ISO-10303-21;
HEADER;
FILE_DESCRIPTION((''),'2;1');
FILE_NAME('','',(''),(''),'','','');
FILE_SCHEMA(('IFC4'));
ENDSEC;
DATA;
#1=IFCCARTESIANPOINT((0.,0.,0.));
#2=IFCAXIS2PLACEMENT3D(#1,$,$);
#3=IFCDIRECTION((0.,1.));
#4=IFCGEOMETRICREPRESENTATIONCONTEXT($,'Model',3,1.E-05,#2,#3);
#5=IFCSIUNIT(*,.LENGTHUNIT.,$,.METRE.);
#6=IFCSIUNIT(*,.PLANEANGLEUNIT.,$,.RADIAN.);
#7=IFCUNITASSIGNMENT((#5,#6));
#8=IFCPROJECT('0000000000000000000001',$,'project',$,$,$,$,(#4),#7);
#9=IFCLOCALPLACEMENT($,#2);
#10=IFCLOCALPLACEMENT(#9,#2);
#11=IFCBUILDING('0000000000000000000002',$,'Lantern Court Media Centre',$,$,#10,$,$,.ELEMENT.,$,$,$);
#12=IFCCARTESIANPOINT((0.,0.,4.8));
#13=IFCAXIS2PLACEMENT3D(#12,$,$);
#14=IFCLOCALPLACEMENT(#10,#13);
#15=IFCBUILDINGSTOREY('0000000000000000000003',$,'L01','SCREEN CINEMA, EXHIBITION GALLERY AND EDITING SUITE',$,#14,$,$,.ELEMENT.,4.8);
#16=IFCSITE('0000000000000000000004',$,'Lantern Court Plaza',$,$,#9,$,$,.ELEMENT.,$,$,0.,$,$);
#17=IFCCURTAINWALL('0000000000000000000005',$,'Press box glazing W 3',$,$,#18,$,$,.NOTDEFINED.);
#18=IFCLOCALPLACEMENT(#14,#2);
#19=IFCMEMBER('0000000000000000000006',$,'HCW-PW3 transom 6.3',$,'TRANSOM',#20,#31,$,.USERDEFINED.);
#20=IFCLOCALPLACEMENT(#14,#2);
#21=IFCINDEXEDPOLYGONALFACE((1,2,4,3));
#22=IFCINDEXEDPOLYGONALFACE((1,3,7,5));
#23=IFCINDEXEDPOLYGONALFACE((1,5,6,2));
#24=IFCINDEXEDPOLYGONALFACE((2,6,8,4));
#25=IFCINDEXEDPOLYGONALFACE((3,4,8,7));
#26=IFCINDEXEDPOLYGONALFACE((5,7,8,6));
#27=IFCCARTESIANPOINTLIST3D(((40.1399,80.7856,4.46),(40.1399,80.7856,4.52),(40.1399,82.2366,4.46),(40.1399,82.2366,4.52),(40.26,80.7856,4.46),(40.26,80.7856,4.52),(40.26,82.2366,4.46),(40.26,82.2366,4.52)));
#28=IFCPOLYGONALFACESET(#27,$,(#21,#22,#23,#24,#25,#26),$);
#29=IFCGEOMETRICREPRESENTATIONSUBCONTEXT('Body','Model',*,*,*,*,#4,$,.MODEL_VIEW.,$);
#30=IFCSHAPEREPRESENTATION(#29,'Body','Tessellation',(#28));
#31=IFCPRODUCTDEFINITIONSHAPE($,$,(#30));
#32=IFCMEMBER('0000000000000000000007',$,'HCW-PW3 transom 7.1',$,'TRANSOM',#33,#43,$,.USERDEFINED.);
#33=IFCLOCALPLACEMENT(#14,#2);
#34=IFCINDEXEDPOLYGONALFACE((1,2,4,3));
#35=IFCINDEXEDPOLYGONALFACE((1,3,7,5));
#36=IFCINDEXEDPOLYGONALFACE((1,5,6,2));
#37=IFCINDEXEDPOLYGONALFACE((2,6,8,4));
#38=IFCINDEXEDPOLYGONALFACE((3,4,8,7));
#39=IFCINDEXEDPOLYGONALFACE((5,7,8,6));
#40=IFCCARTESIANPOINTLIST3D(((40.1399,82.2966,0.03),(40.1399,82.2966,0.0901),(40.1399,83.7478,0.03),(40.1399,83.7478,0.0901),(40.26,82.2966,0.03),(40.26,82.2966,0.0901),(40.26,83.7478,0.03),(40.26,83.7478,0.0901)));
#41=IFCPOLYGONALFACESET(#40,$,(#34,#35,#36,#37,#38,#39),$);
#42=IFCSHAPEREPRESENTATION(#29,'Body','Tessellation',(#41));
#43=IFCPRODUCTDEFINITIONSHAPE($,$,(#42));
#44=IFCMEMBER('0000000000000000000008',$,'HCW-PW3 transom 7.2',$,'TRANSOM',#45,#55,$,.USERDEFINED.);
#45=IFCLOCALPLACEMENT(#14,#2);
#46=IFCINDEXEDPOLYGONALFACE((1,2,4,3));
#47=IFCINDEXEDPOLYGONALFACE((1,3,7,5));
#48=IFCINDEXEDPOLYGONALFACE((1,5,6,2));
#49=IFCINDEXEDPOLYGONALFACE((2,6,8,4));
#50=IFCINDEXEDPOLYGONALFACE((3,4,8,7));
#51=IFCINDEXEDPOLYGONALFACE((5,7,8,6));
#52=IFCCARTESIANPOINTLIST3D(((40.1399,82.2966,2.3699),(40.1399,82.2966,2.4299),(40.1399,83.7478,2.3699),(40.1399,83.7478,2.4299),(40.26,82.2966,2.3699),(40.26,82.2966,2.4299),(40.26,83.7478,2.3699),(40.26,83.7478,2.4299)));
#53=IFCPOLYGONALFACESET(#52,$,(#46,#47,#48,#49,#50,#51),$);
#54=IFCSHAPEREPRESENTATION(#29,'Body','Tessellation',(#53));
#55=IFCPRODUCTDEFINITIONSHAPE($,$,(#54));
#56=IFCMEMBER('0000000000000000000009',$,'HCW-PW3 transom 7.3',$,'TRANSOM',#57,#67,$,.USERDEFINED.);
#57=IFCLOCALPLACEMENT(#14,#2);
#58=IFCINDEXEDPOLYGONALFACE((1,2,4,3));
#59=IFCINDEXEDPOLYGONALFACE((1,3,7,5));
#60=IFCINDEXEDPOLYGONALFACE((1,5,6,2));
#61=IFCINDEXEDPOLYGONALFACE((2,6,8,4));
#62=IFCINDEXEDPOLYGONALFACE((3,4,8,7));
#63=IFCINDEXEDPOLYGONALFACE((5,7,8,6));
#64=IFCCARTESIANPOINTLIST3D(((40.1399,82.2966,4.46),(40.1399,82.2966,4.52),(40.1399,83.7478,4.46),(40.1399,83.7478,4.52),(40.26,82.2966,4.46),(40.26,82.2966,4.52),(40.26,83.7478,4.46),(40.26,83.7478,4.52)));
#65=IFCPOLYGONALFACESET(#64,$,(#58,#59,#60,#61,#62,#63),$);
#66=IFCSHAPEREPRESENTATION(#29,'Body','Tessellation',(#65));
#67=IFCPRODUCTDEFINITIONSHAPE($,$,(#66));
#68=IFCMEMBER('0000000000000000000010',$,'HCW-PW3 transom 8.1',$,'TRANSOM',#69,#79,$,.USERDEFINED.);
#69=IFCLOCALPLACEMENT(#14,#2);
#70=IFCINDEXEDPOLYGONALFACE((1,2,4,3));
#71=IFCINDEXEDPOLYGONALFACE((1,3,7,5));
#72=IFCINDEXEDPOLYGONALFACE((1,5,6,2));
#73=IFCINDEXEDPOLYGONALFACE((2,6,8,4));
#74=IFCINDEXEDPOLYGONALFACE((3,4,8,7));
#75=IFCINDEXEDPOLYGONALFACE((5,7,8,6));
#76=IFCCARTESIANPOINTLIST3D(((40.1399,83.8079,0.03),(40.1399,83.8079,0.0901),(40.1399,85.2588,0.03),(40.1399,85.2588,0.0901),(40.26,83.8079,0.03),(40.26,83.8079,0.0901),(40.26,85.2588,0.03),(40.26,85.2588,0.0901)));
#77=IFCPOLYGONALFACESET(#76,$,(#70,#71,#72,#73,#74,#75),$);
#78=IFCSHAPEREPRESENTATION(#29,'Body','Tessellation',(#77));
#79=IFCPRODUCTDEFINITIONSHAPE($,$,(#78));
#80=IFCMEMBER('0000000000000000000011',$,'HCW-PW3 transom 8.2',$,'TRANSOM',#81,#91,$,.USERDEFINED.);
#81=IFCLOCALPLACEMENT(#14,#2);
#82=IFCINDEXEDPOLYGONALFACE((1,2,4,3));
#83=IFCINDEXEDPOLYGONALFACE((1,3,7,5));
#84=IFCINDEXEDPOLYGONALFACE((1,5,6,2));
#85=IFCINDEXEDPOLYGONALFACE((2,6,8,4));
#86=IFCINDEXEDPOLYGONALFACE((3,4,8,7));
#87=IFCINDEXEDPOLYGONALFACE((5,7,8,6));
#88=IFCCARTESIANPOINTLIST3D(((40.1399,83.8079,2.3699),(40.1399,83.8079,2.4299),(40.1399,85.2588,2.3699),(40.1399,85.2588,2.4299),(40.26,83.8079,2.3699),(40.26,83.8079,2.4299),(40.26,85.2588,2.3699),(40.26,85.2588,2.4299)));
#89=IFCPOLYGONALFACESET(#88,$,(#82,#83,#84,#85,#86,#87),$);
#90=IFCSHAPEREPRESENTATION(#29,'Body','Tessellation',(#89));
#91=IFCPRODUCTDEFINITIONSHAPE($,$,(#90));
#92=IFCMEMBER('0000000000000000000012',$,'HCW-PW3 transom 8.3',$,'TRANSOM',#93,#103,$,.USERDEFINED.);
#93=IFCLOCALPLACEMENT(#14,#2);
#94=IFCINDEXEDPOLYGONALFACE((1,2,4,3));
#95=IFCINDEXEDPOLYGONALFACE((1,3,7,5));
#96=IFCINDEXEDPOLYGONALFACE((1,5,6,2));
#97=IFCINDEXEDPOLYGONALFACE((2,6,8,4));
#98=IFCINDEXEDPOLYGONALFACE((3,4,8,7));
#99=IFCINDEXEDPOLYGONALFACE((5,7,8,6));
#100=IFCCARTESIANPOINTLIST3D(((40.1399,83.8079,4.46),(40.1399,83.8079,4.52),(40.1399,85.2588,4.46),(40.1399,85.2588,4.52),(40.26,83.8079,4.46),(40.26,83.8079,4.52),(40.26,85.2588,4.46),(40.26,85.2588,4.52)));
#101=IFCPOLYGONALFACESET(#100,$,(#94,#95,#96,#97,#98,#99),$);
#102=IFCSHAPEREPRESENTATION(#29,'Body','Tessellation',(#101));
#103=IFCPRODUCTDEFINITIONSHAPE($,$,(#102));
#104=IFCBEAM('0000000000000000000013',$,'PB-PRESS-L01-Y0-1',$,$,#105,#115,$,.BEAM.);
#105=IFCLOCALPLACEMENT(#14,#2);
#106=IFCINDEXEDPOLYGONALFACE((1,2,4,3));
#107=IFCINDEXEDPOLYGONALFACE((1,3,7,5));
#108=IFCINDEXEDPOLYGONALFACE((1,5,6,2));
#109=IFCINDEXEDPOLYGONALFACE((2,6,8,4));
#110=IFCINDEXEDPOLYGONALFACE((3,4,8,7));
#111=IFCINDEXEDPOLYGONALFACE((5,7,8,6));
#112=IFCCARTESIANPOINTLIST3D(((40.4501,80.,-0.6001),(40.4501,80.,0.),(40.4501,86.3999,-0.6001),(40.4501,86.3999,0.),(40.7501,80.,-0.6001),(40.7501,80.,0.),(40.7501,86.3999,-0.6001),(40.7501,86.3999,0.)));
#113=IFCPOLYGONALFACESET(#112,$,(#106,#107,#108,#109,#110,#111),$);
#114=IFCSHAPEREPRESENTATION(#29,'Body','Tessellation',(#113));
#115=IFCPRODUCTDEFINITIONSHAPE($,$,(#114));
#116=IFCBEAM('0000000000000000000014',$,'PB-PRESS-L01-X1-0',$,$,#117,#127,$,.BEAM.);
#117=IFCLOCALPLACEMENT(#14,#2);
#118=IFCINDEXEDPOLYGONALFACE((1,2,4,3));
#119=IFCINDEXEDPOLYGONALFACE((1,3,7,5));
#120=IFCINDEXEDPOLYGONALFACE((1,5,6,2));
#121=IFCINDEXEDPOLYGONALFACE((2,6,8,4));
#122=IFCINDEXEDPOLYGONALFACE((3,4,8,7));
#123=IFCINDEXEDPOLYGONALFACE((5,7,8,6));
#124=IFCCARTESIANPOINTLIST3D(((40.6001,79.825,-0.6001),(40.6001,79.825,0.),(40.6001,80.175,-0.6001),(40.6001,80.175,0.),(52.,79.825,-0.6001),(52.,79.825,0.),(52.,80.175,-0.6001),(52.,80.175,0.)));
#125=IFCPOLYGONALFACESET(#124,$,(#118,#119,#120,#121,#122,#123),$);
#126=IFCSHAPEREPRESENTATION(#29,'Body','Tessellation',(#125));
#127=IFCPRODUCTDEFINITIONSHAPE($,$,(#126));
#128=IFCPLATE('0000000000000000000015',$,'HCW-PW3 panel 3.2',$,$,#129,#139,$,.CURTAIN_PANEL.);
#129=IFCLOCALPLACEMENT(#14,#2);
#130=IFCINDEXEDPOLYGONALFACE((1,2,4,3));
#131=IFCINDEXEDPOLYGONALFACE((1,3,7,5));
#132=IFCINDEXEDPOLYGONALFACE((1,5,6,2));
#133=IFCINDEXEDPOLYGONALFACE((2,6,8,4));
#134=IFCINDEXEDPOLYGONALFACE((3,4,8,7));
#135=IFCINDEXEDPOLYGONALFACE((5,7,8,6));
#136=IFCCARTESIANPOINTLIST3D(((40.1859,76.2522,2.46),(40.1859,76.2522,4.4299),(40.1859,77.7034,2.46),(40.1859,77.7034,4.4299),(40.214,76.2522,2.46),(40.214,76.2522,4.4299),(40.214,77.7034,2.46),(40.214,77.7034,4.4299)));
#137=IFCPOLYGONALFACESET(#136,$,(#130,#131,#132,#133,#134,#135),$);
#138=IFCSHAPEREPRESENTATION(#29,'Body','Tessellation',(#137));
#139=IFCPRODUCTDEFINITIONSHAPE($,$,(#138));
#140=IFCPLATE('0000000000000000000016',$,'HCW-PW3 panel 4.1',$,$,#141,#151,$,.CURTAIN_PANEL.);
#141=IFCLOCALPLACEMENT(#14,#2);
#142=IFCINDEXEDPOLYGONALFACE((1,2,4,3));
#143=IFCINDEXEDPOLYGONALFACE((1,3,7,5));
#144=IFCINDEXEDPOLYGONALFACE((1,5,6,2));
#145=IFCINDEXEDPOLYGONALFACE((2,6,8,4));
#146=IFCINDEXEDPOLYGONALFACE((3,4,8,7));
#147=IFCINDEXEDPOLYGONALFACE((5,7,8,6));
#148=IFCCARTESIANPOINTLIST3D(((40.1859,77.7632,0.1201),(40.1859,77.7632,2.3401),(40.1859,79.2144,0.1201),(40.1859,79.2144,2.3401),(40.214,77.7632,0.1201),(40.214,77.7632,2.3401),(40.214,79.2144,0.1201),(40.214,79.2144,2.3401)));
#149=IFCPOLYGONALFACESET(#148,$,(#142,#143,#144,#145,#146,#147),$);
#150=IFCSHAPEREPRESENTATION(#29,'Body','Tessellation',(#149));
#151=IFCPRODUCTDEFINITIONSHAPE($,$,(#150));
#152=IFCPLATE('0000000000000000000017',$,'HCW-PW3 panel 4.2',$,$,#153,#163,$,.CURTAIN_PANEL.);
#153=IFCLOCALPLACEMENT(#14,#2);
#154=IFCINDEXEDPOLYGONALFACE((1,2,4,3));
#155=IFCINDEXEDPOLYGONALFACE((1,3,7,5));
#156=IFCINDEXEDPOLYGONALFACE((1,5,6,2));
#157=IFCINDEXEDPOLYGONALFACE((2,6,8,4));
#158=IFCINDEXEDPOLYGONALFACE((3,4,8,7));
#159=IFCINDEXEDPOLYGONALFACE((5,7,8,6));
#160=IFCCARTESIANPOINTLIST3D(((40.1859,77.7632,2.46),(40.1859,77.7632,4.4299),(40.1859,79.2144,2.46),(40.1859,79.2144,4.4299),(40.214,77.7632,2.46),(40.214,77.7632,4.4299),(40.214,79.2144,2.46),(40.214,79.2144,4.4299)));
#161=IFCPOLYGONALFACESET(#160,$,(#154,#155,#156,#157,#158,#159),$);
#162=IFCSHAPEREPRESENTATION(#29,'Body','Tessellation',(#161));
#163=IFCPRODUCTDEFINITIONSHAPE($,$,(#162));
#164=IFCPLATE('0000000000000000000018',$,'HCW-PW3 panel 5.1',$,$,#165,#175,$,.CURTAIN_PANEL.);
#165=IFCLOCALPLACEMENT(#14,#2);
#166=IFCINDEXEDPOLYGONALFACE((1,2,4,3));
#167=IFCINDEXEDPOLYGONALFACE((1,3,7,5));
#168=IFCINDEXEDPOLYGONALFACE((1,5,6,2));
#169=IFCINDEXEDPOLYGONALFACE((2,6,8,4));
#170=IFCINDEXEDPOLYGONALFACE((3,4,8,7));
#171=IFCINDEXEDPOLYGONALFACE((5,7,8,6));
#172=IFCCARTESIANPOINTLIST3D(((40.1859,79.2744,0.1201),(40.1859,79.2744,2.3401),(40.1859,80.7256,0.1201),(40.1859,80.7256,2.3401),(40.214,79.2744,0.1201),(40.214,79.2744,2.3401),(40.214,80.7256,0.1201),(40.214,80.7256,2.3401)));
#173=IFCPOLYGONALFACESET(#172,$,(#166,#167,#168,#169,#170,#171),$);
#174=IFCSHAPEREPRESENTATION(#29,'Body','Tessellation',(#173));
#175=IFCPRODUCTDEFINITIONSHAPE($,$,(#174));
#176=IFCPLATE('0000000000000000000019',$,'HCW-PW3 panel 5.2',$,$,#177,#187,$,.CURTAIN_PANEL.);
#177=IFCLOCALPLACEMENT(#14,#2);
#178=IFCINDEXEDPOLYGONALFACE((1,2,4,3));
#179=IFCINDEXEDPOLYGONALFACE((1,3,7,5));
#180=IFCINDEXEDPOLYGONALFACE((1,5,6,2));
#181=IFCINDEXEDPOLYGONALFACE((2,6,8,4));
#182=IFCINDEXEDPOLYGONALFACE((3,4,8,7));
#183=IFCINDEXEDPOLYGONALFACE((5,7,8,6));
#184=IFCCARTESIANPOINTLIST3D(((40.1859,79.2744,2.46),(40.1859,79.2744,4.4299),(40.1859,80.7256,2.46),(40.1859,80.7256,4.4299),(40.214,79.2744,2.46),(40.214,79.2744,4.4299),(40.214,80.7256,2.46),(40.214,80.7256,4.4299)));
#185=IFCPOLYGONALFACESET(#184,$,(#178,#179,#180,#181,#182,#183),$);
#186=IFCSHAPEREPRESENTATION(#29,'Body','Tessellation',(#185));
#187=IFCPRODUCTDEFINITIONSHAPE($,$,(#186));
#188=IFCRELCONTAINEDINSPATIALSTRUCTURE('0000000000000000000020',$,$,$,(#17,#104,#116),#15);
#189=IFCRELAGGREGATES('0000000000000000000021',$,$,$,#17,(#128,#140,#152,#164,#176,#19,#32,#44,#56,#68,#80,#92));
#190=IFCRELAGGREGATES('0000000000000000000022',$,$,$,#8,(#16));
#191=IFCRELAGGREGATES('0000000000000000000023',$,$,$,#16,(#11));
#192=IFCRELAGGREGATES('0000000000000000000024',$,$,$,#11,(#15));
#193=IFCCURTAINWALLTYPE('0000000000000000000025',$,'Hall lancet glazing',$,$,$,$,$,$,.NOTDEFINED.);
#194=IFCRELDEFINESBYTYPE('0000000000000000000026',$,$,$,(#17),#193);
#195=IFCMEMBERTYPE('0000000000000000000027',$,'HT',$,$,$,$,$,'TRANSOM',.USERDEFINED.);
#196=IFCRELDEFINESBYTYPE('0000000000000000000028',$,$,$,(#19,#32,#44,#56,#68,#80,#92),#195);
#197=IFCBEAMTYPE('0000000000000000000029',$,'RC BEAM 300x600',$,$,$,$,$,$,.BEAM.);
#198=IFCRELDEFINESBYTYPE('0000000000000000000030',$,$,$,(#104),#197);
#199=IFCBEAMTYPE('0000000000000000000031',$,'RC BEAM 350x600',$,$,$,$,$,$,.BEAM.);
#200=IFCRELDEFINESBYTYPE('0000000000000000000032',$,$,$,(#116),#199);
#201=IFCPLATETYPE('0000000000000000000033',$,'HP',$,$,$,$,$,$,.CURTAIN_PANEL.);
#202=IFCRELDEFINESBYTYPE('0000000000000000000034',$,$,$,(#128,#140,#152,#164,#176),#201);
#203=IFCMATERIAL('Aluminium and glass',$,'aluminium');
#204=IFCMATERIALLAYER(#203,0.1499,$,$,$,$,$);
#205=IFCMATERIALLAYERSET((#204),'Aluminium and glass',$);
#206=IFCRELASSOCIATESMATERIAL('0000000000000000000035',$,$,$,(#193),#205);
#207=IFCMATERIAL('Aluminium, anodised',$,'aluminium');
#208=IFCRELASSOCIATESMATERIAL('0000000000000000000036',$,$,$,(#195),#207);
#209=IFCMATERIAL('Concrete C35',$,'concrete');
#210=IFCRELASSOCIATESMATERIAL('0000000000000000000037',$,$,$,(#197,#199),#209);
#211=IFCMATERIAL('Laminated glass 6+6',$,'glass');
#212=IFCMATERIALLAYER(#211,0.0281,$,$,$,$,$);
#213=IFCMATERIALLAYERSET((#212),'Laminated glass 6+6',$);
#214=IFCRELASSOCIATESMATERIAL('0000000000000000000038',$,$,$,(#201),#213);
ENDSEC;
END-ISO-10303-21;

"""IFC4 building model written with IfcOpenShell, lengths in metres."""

from ifc_helpers import new_model, si_unit, direction, frame, origin, origin_2d, place, context, subcontext, project, spatial, rectangle, extrude, material, layer, layer_set, material_profile, profile_set, type_object, element, aggregate, save


model = new_model("IFC4")

# Units and contexts
model_context = context("Model", 3, precision=1e-05, world=origin(), true_north=direction((0.0, 1.0)))
body_context = subcontext(model_context, "Body", "Model", "MODEL_VIEW")
ifc_project = project(units=[si_unit("LENGTHUNIT", "METRE"), si_unit("PLANEANGLEUNIT", "RADIAN")], contexts=[model_context])

# Site, building, storey
site_placement = place(None, origin())
site = spatial("IfcSite", under=ifc_project, at=site_placement, Name="Lantern Court Plaza", CompositionType="ELEMENT", RefElevation=0.0)
building_placement = place(site_placement, origin())
building = spatial("IfcBuilding", under=site, at=building_placement, Name="Lantern Court Media Centre", CompositionType="ELEMENT")
storey_placement = place(building_placement, frame((0.0, 0.0, 4.8)))
storey = spatial("IfcBuildingStorey", under=building, at=storey_placement, Name="L01", Description="SCREEN CINEMA, EXHIBITION GALLERY AND EDITING SUITE", CompositionType="ELEMENT", Elevation=4.8)

# Shared definitions
ifc_material_1 = material(Name="Concrete C35", Category="concrete")

# Curtain wall, members
ifc_material_2 = material(Name="Aluminium and glass", Category="aluminium")
ifc_layer_1 = layer(ifc_material_2, 0.1499)
ifc_layer_set_1 = layer_set([ifc_layer_1], Name="Aluminium and glass")
curtain_wall_type = type_object("IfcCurtainWallType", Name="Hall lancet glazing", PredefinedType="NOTDEFINED", material=ifc_layer_set_1)
curtain_wall_placement = place(storey_placement, origin())
curtain_wall = element("IfcCurtainWall", 1, at=curtain_wall_placement, inside=storey, type_object=curtain_wall_type, Name="Press box glazing W 3", PredefinedType="NOTDEFINED")
ifc_material_3 = material(Name="Aluminium, anodised", Category="aluminium")
ifc_material_profile_1 = material_profile(ifc_material_3, rectangle(XDim=0.1201, YDim=0.0601, at=origin_2d()), Name="HT")
ifc_profile_set_1 = profile_set([ifc_material_profile_1], Name="Aluminium, anodised")
member_type_1 = type_object("IfcMemberType", Name="HT", ElementType="TRANSOM", PredefinedType="USERDEFINED", material=ifc_profile_set_1)
member_1_placement = place(storey_placement, frame((40.2, 80.7856, 4.49), z_axis=(0.0, 1.0, 0.0), x_axis=(-1.0, 0.0, 0.0)))
member_1 = element("IfcMember", 2, at=member_1_placement, type_object=member_type_1, Name="HCW-PW3 transom 6.3", ObjectType="TRANSOM", PredefinedType="USERDEFINED", context=body_context, shape_type="SweptSolid", body=[
    extrude(rectangle(XDim=0.1201, YDim=0.0601, at=origin_2d()), origin(), (0.0, 0.0, 1.0), 1.4509),
])
member_2_placement = place(storey_placement, frame((40.2, 82.2966, 0.0601), z_axis=(0.0, 1.0, 0.0), x_axis=(-1.0, 0.0, 0.0)))
member_2 = element("IfcMember", 3, at=member_2_placement, type_object=member_type_1, Name="HCW-PW3 transom 7.1", ObjectType="TRANSOM", PredefinedType="USERDEFINED", context=body_context, shape_type="SweptSolid", body=[
    extrude(rectangle(XDim=0.1201, YDim=0.0601, at=origin_2d()), origin(), (0.0, 0.0, 1.0), 1.4512),
])
member_3_placement = place(storey_placement, frame((40.2, 82.2966, 2.3999), z_axis=(0.0, 1.0, 0.0), x_axis=(-1.0, 0.0, 0.0)))
member_3 = element("IfcMember", 4, at=member_3_placement, type_object=member_type_1, Name="HCW-PW3 transom 7.2", ObjectType="TRANSOM", PredefinedType="USERDEFINED", context=body_context, shape_type="SweptSolid", body=[
    extrude(rectangle(XDim=0.1201, YDim=0.0601, at=origin_2d()), origin(), (0.0, 0.0, 1.0), 1.4512),
])
member_4_placement = place(storey_placement, frame((40.2, 82.2966, 4.49), z_axis=(0.0, 1.0, 0.0), x_axis=(-1.0, 0.0, 0.0)))
member_4 = element("IfcMember", 5, at=member_4_placement, type_object=member_type_1, Name="HCW-PW3 transom 7.3", ObjectType="TRANSOM", PredefinedType="USERDEFINED", context=body_context, shape_type="SweptSolid", body=[
    extrude(rectangle(XDim=0.1201, YDim=0.0601, at=origin_2d()), origin(), (0.0, 0.0, 1.0), 1.4512),
])
member_5_placement = place(storey_placement, frame((40.2, 83.8079, 0.0601), z_axis=(0.0, 1.0, 0.0), x_axis=(-1.0, 0.0, 0.0)))
member_5 = element("IfcMember", 6, at=member_5_placement, type_object=member_type_1, Name="HCW-PW3 transom 8.1", ObjectType="TRANSOM", PredefinedType="USERDEFINED", context=body_context, shape_type="SweptSolid", body=[
    extrude(rectangle(XDim=0.1201, YDim=0.0601, at=origin_2d()), origin(), (0.0, 0.0, 1.0), 1.4509),
])
member_6_placement = place(storey_placement, frame((40.2, 83.8079, 2.3999), z_axis=(0.0, 1.0, 0.0), x_axis=(-1.0, 0.0, 0.0)))
member_6 = element("IfcMember", 7, at=member_6_placement, type_object=member_type_1, Name="HCW-PW3 transom 8.2", ObjectType="TRANSOM", PredefinedType="USERDEFINED", context=body_context, shape_type="SweptSolid", body=[
    extrude(rectangle(XDim=0.1201, YDim=0.0601, at=origin_2d()), origin(), (0.0, 0.0, 1.0), 1.4509),
])
member_7_placement = place(storey_placement, frame((40.2, 83.8079, 4.49), z_axis=(0.0, 1.0, 0.0), x_axis=(-1.0, 0.0, 0.0)))
member_7 = element("IfcMember", 8, at=member_7_placement, type_object=member_type_1, Name="HCW-PW3 transom 8.3", ObjectType="TRANSOM", PredefinedType="USERDEFINED", context=body_context, shape_type="SweptSolid", body=[
    extrude(rectangle(XDim=0.1201, YDim=0.0601, at=origin_2d()), origin(), (0.0, 0.0, 1.0), 1.4509),
])

# Beams
ifc_material_profile_2 = material_profile(ifc_material_1, rectangle(XDim=0.3, YDim=0.6001, at=origin_2d()), Name="RC 300x600")
ifc_profile_set_2 = profile_set([ifc_material_profile_2], Name="Concrete C35")
beam_type_1 = type_object("IfcBeamType", Name="RC BEAM 300x600", PredefinedType="BEAM", material=ifc_profile_set_2)
beam_1_placement = place(storey_placement, frame((40.6001, 80.0, -0.3), z_axis=(0.0, 1.0, 0.0), x_axis=(-1.0, 0.0, 0.0)))
element("IfcBeam", 9, at=beam_1_placement, inside=storey, type_object=beam_type_1, Name="PB-PRESS-L01-Y0-1", PredefinedType="BEAM", context=body_context, shape_type="SweptSolid", body=[
    extrude(rectangle(XDim=0.3, YDim=0.6001, at=origin_2d()), origin(), (0.0, 0.0, 1.0), 6.3999),
])
ifc_material_profile_3 = material_profile(ifc_material_1, rectangle(XDim=0.3501, YDim=0.6001, at=origin_2d()), Name="RC 350x600")
ifc_profile_set_3 = profile_set([ifc_material_profile_3], Name="Concrete C35")
beam_type_2 = type_object("IfcBeamType", Name="RC BEAM 350x600", PredefinedType="BEAM", material=ifc_profile_set_3)
beam_2_placement = place(storey_placement, frame((40.6001, 80.0, -0.3), z_axis=(1.0, 0.0, 0.0), x_axis=(0.0, 1.0, 0.0)))
element("IfcBeam", 10, at=beam_2_placement, inside=storey, type_object=beam_type_2, Name="PB-PRESS-L01-X1-0", PredefinedType="BEAM", context=body_context, shape_type="SweptSolid", body=[
    extrude(rectangle(XDim=0.3501, YDim=0.6001, at=origin_2d()), origin(), (0.0, 0.0, 1.0), 11.3999),
])

# Plates
ifc_material_4 = material(Name="Laminated glass 6+6", Category="glass")
ifc_layer_2 = layer(ifc_material_4, 0.0281)
ifc_layer_set_2 = layer_set([ifc_layer_2], Name="Laminated glass 6+6")
plate_type = type_object("IfcPlateType", Name="HP", PredefinedType="CURTAIN_PANEL", material=ifc_layer_set_2)
plate_1_placement = place(storey_placement, frame((40.2, 76.9778, 2.46), z_axis=(0.0, 0.0, 1.0), x_axis=(0.0, 1.0, 0.0)))
plate_1 = element("IfcPlate", 11, at=plate_1_placement, type_object=plate_type, Name="HCW-PW3 panel 3.2", PredefinedType="CURTAIN_PANEL", context=body_context, shape_type="SweptSolid", body=[
    extrude(rectangle(XDim=1.4512, YDim=0.0281, at=origin_2d()), origin(), (0.0, 0.0, 1.0), 1.97),
])
plate_2_placement = place(storey_placement, frame((40.2, 78.4888, 0.1201), z_axis=(0.0, 0.0, 1.0), x_axis=(0.0, 1.0, 0.0)))
plate_2 = element("IfcPlate", 12, at=plate_2_placement, type_object=plate_type, Name="HCW-PW3 panel 4.1", PredefinedType="CURTAIN_PANEL", context=body_context, shape_type="SweptSolid", body=[
    extrude(rectangle(XDim=1.4512, YDim=0.0281, at=origin_2d()), origin(), (0.0, 0.0, 1.0), 2.22),
])
plate_3_placement = place(storey_placement, frame((40.2, 78.4888, 2.46), z_axis=(0.0, 0.0, 1.0), x_axis=(0.0, 1.0, 0.0)))
plate_3 = element("IfcPlate", 13, at=plate_3_placement, type_object=plate_type, Name="HCW-PW3 panel 4.2", PredefinedType="CURTAIN_PANEL", context=body_context, shape_type="SweptSolid", body=[
    extrude(rectangle(XDim=1.4512, YDim=0.0281, at=origin_2d()), origin(), (0.0, 0.0, 1.0), 1.97),
])
plate_4_placement = place(storey_placement, frame((40.2, 80.0, 0.1201), z_axis=(0.0, 0.0, 1.0), x_axis=(0.0, 1.0, 0.0)))
plate_4 = element("IfcPlate", 14, at=plate_4_placement, type_object=plate_type, Name="HCW-PW3 panel 5.1", PredefinedType="CURTAIN_PANEL", context=body_context, shape_type="SweptSolid", body=[
    extrude(rectangle(XDim=1.4512, YDim=0.0281, at=origin_2d()), origin(), (0.0, 0.0, 1.0), 2.22),
])
plate_5_placement = place(storey_placement, frame((40.2, 80.0, 2.46), z_axis=(0.0, 0.0, 1.0), x_axis=(0.0, 1.0, 0.0)))
plate_5 = element("IfcPlate", 15, at=plate_5_placement, type_object=plate_type, Name="HCW-PW3 panel 5.2", PredefinedType="CURTAIN_PANEL", context=body_context, shape_type="SweptSolid", body=[
    extrude(rectangle(XDim=1.4512, YDim=0.0281, at=origin_2d()), origin(), (0.0, 0.0, 1.0), 1.97),
])
aggregate(curtain_wall, [plate_1, plate_2, plate_3, plate_4, plate_5, member_1, member_2, member_3, member_4, member_5, member_6, member_7])

save(model, "model.ifc")
